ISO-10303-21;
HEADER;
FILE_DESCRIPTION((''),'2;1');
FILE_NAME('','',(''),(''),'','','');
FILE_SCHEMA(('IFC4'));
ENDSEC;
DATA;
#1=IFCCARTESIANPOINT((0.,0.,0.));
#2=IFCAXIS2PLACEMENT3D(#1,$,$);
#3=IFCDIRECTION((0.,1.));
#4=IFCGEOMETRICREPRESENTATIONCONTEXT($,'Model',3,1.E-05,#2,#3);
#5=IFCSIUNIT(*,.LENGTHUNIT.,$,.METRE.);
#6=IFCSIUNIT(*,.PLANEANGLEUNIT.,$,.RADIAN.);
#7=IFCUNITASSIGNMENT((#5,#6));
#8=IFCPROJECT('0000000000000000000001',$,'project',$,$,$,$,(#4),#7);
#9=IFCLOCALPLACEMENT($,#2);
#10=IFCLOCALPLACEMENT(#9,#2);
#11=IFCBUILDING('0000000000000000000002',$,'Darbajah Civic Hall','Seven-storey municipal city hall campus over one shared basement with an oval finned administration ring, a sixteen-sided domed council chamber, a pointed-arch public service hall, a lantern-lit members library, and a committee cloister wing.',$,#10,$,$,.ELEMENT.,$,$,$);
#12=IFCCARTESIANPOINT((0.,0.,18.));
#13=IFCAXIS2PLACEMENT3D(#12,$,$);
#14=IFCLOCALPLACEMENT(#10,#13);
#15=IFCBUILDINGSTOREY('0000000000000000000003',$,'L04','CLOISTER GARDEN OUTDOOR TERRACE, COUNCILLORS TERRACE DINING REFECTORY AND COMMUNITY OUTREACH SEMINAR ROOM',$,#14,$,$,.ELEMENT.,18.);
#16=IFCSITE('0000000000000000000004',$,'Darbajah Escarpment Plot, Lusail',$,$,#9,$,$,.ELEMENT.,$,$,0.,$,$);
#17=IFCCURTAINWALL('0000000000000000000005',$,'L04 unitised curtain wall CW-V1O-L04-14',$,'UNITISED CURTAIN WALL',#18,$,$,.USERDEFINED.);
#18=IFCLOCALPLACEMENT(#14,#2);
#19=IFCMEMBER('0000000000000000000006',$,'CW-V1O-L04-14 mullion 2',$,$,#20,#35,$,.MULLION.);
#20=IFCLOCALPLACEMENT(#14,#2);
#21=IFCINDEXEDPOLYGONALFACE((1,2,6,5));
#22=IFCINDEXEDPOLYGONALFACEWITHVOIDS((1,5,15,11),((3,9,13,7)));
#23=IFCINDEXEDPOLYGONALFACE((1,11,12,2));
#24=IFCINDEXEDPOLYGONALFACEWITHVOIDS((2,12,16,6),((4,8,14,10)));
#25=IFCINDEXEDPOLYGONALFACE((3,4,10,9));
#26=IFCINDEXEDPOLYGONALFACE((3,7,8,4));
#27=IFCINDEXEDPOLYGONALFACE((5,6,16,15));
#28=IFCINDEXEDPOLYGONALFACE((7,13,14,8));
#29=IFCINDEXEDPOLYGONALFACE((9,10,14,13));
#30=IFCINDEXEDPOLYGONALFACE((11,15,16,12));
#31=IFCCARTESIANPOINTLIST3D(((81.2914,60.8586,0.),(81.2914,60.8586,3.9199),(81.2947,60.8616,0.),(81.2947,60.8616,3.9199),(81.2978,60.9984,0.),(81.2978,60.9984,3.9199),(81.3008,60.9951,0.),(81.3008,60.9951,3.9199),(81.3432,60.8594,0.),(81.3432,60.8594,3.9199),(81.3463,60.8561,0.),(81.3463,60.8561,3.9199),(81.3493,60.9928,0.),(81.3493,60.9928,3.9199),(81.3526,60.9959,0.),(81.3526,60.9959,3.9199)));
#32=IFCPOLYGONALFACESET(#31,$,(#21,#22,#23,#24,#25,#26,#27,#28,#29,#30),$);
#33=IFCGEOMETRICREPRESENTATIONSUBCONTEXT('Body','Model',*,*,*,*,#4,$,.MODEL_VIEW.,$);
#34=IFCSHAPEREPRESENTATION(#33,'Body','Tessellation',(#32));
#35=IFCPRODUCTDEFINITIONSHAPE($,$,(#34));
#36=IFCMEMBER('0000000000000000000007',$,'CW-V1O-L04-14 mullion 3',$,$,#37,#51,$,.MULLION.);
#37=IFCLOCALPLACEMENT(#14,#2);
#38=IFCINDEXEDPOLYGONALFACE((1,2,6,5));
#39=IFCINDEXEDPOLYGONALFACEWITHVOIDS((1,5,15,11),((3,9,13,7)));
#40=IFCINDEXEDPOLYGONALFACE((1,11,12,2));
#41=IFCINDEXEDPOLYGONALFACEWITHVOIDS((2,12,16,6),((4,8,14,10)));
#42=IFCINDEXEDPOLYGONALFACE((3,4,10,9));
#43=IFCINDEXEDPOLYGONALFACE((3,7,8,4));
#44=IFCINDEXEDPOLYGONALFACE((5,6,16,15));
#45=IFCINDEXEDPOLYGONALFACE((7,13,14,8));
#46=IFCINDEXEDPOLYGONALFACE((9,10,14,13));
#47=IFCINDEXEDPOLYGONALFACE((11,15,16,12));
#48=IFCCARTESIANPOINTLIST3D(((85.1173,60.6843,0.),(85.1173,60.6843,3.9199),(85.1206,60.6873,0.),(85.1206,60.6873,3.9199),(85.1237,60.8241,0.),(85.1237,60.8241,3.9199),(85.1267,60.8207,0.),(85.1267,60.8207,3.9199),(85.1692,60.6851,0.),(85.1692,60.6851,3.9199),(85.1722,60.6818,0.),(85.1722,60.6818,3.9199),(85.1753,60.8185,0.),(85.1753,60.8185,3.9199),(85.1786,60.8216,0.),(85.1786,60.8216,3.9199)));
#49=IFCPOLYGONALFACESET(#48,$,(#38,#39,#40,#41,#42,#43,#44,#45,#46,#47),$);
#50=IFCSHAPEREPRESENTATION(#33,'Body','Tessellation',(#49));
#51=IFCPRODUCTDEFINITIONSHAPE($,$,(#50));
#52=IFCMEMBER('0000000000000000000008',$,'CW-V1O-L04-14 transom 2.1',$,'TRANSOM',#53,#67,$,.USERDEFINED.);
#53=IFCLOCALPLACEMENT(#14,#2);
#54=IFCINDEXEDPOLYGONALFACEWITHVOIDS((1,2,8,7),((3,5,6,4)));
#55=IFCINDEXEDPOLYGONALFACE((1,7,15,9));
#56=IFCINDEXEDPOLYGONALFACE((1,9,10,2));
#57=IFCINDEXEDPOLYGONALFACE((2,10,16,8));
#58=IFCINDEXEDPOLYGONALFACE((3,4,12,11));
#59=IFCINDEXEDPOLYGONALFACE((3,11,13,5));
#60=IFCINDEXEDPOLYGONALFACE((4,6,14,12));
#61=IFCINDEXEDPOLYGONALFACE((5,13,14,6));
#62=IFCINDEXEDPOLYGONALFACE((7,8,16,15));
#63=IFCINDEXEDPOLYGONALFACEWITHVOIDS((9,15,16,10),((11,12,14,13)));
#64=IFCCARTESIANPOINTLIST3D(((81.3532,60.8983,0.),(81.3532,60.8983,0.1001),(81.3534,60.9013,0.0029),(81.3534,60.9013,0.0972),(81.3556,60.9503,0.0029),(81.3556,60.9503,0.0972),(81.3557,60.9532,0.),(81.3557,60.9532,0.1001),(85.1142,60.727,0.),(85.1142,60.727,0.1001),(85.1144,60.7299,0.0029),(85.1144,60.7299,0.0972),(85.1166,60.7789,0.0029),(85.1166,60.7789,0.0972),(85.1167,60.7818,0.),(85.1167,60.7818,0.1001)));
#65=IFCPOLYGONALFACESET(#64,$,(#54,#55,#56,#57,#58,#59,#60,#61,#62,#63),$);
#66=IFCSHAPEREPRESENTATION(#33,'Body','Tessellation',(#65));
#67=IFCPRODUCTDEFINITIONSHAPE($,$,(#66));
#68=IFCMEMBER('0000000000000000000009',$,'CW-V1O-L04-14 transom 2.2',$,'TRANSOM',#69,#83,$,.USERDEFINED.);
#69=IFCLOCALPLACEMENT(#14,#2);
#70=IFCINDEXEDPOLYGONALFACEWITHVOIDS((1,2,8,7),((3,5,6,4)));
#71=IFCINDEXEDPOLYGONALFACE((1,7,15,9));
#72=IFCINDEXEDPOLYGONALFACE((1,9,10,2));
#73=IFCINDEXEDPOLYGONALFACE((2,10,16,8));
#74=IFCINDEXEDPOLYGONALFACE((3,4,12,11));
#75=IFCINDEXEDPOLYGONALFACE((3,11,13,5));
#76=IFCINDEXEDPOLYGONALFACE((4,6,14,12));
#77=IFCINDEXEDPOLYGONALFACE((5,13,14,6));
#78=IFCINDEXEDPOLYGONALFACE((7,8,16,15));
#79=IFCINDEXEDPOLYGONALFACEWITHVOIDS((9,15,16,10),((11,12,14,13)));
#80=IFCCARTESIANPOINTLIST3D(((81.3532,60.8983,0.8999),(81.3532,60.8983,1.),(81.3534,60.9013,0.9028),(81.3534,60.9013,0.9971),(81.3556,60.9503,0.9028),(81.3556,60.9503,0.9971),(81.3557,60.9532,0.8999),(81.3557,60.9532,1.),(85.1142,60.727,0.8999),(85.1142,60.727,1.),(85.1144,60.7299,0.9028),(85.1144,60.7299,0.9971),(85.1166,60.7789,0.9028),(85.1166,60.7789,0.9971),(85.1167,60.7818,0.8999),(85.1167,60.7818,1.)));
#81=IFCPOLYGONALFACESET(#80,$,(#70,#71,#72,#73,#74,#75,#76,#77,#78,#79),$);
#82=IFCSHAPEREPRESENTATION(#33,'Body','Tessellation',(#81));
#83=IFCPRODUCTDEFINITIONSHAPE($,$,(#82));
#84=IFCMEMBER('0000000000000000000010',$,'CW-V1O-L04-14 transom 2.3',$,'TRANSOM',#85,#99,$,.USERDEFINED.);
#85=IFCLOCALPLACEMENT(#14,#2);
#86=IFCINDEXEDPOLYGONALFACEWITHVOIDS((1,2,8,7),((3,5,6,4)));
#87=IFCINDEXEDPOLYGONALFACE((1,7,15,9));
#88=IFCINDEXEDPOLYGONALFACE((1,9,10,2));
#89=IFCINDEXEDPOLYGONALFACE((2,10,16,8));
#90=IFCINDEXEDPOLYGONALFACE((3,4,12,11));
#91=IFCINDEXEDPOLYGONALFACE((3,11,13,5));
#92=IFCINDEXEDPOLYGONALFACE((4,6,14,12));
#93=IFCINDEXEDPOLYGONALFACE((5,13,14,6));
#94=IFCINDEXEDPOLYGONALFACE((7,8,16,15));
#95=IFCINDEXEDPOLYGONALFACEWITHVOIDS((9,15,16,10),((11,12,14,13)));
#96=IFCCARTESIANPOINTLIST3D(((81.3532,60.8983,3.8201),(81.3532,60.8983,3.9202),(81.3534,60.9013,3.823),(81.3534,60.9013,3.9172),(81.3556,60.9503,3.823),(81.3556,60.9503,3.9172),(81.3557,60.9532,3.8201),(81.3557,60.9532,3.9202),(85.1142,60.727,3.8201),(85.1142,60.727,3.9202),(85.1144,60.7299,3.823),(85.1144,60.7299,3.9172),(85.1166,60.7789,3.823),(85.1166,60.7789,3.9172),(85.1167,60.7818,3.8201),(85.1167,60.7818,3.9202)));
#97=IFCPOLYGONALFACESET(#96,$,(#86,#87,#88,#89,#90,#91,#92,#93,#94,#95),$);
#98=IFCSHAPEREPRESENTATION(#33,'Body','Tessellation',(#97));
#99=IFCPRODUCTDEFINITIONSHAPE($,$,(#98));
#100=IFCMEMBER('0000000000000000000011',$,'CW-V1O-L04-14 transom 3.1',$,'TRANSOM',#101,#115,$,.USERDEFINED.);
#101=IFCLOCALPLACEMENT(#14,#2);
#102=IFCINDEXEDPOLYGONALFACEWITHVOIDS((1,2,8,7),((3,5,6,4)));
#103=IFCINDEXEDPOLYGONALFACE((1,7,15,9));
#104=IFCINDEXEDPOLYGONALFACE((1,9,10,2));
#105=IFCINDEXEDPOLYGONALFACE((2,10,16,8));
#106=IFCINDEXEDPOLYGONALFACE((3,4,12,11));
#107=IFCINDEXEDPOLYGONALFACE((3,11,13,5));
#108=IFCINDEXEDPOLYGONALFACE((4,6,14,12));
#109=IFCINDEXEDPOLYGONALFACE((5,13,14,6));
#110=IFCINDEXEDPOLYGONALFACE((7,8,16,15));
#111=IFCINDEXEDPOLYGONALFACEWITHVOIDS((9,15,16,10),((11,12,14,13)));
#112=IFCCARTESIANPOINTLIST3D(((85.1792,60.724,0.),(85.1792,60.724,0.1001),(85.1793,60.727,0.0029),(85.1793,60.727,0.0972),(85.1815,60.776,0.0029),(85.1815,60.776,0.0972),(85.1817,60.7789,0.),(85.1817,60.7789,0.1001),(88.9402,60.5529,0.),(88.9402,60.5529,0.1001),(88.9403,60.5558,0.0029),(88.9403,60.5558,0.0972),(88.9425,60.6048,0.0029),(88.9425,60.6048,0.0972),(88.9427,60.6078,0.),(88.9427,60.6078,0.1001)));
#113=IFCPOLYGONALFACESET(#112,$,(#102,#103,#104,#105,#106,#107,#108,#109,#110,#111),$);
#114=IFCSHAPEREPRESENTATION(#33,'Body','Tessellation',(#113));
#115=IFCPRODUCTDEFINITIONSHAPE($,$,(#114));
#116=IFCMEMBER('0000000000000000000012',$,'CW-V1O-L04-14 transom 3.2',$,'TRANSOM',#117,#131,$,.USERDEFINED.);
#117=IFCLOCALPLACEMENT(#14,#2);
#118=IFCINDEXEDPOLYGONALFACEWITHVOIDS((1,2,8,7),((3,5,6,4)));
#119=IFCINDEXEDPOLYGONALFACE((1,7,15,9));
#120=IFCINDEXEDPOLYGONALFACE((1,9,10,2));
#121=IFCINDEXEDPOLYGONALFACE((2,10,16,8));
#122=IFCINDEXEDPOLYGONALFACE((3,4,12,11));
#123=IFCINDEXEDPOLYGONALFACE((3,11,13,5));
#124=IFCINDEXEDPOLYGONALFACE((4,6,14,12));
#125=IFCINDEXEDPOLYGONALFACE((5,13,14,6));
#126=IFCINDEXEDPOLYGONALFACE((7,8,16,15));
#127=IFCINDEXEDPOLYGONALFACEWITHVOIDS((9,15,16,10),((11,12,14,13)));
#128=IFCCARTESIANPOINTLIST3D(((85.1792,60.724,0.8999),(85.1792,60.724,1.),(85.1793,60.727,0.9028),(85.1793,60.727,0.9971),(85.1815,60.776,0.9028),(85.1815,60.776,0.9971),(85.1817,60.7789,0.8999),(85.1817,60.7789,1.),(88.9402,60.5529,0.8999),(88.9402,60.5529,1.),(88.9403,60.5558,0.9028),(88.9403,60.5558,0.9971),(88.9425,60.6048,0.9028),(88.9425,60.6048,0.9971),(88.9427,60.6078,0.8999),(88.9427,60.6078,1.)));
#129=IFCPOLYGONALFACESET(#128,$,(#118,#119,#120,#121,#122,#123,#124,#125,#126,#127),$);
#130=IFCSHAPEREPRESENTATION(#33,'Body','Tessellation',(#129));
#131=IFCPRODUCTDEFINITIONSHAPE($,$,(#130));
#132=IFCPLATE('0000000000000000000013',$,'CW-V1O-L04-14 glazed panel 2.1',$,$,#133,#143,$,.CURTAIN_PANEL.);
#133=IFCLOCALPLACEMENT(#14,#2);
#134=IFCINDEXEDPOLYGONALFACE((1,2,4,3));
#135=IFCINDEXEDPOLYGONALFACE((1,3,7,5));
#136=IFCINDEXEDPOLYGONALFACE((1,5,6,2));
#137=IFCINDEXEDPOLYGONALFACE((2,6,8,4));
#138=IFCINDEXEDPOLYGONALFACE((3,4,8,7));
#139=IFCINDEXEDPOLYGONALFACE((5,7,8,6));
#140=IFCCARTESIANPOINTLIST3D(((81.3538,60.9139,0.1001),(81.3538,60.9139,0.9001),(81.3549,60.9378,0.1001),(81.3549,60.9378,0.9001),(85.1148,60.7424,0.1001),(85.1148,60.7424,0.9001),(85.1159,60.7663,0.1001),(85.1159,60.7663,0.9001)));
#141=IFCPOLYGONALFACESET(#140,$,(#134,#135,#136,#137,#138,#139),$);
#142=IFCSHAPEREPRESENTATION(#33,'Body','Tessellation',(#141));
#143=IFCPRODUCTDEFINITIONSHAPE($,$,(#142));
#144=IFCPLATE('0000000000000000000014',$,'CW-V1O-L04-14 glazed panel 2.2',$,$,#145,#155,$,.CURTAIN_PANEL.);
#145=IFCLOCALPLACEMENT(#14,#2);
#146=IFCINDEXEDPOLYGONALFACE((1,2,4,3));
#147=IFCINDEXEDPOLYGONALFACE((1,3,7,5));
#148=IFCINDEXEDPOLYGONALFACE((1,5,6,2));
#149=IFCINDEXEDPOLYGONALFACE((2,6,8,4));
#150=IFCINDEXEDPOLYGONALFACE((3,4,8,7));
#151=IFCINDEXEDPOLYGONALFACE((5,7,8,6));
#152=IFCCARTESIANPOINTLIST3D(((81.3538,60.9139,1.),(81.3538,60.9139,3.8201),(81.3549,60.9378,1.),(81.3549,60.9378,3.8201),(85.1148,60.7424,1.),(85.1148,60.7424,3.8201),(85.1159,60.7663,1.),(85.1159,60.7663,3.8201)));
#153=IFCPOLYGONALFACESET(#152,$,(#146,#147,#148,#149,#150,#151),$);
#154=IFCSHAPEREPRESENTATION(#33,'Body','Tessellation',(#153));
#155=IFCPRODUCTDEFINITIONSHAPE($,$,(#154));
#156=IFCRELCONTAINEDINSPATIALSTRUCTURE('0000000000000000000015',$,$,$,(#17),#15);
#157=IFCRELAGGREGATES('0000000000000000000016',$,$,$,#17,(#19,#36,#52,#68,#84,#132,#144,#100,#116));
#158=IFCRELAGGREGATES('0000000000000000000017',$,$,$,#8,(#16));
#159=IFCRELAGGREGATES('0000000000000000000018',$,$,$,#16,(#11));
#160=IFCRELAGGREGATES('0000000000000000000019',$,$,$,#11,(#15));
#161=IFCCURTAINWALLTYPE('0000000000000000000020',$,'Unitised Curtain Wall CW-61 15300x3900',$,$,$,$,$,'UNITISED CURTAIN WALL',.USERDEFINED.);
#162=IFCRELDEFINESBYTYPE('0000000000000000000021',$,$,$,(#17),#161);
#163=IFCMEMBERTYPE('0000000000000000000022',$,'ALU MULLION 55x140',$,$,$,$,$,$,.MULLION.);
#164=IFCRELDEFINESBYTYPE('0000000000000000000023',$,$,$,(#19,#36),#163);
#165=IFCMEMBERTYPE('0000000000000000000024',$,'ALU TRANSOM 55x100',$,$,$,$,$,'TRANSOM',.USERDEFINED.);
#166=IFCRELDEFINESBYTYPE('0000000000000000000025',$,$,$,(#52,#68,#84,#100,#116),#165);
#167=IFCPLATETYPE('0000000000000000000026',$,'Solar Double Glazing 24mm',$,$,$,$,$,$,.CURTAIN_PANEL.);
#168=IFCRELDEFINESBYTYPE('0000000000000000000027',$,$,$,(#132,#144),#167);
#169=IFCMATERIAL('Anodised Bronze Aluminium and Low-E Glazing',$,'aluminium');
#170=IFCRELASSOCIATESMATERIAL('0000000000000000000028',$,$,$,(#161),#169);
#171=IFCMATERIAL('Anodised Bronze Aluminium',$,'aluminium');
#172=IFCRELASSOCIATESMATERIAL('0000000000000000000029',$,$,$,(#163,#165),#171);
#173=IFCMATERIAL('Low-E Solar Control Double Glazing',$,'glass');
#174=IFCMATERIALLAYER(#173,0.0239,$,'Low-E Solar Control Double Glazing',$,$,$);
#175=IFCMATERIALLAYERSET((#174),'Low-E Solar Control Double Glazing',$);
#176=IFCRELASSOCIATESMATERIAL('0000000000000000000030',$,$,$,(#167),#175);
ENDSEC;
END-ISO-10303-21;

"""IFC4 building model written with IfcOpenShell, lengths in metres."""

from ifc_helpers import new_model, si_unit, direction, frame, origin, origin_2d, place, context, subcontext, project, spatial, rectangle, hollow_rectangle, extrude, material, layer, layer_set, material_profile, profile_set, type_object, element, aggregate, save


model = new_model("IFC4")

# Units and contexts
model_context = context("Model", 3, precision=1e-05, world=origin(), true_north=direction((0.0, 1.0)))
body_context = subcontext(model_context, "Body", "Model", "MODEL_VIEW")
ifc_project = project(units=[si_unit("LENGTHUNIT", "METRE"), si_unit("PLANEANGLEUNIT", "RADIAN")], contexts=[model_context])

# Site, building, storey
site_placement = place(None, origin())
site = spatial("IfcSite", under=ifc_project, at=site_placement, Name="Darbajah Escarpment Plot, Lusail", CompositionType="ELEMENT", RefElevation=0.0)
building_placement = place(site_placement, origin())
building = spatial("IfcBuilding", under=site, at=building_placement, Name="Darbajah Civic Hall", Description="Seven-storey municipal city hall campus over one shared basement with an oval finned administration ring, a sixteen-sided domed council chamber, a pointed-arch public service hall, a lantern-lit members library, and a committee cloister wing.", CompositionType="ELEMENT")
storey_placement = place(building_placement, frame((0.0, 0.0, 18.0)))
storey = spatial("IfcBuildingStorey", under=building, at=storey_placement, Name="L04", Description="CLOISTER GARDEN OUTDOOR TERRACE, COUNCILLORS TERRACE DINING REFECTORY AND COMMUNITY OUTREACH SEMINAR ROOM", CompositionType="ELEMENT", Elevation=18.0)

# Curtain wall, members, plates
ifc_material_1 = material(Name="Anodised Bronze Aluminium and Low-E Glazing", Category="aluminium")
curtain_wall_type = type_object("IfcCurtainWallType", Name="Unitised Curtain Wall CW-61 15300x3900", ElementType="UNITISED CURTAIN WALL", PredefinedType="USERDEFINED", material=ifc_material_1)
curtain_wall_placement = place(storey_placement, origin())
curtain_wall = element("IfcCurtainWall", 1, at=curtain_wall_placement, inside=storey, type_object=curtain_wall_type, Name="L04 unitised curtain wall CW-V1O-L04-14", ObjectType="UNITISED CURTAIN WALL", PredefinedType="USERDEFINED")
ifc_material_2 = material(Name="Anodised Bronze Aluminium", Category="aluminium")
ifc_material_profile_1 = material_profile(ifc_material_2, hollow_rectangle(XDim=0.0549, YDim=0.1399, WallThickness=0.0032, at=origin_2d()), Name="ALU MULLION 55x140")
ifc_profile_set_1 = profile_set([ifc_material_profile_1], Name="Anodised Bronze Aluminium")
member_type_1 = type_object("IfcMemberType", Name="ALU MULLION 55x140", PredefinedType="MULLION", material=ifc_profile_set_1)
member_1_placement = place(storey_placement, frame((81.322, 60.9272, 0.0), z_axis=(0.0, 0.0, 1.0), x_axis=(0.998963, -0.045537, 0.0)))
member_1 = element("IfcMember", 2, at=member_1_placement, type_object=member_type_1, Name="CW-V1O-L04-14 mullion 2", PredefinedType="MULLION", context=body_context, shape_type="SweptSolid", body=[
    extrude(hollow_rectangle(XDim=0.0549, YDim=0.1399, WallThickness=0.0032, at=origin_2d()), origin(), (0.0, 0.0, 1.0), 3.9199),
])
member_2_placement = place(storey_placement, frame((85.1479, 60.7529, 0.0), z_axis=(0.0, 0.0, 1.0), x_axis=(0.998963, -0.045537, 0.0)))
member_2 = element("IfcMember", 3, at=member_2_placement, type_object=member_type_1, Name="CW-V1O-L04-14 mullion 3", PredefinedType="MULLION", context=body_context, shape_type="SweptSolid", body=[
    extrude(hollow_rectangle(XDim=0.0549, YDim=0.1399, WallThickness=0.0032, at=origin_2d()), origin(), (0.0, 0.0, 1.0), 3.9199),
])
ifc_material_profile_2 = material_profile(ifc_material_2, hollow_rectangle(XDim=0.0549, YDim=0.1001, WallThickness=0.0029, at=origin_2d()), Name="ALU TRANSOM 55x100")
ifc_profile_set_2 = profile_set([ifc_material_profile_2], Name="Anodised Bronze Aluminium")
member_type_2 = type_object("IfcMemberType", Name="ALU TRANSOM 55x100", ElementType="TRANSOM", PredefinedType="USERDEFINED", material=ifc_profile_set_2)
member_3_placement = place(storey_placement, frame((81.3545, 60.9258, 0.05), z_axis=(0.998963, -0.045522, 0.0), x_axis=(0.045522, 0.998963, 0.0)))
member_3 = element("IfcMember", 4, at=member_3_placement, type_object=member_type_2, Name="CW-V1O-L04-14 transom 2.1", ObjectType="TRANSOM", PredefinedType="USERDEFINED", context=body_context, shape_type="SweptSolid", body=[
    extrude(hollow_rectangle(XDim=0.0549, YDim=0.1001, WallThickness=0.0029, at=origin_2d()), origin(), (0.0, 0.0, 1.0), 3.7649),
])
member_4_placement = place(storey_placement, frame((81.3545, 60.9258, 0.95), z_axis=(0.998963, -0.045522, 0.0), x_axis=(0.045522, 0.998963, 0.0)))
member_4 = element("IfcMember", 5, at=member_4_placement, type_object=member_type_2, Name="CW-V1O-L04-14 transom 2.2", ObjectType="TRANSOM", PredefinedType="USERDEFINED", context=body_context, shape_type="SweptSolid", body=[
    extrude(hollow_rectangle(XDim=0.0549, YDim=0.1001, WallThickness=0.0029, at=origin_2d()), origin(), (0.0, 0.0, 1.0), 3.7649),
])
member_5_placement = place(storey_placement, frame((81.3545, 60.9258, 3.8701), z_axis=(0.998963, -0.045522, 0.0), x_axis=(0.045522, 0.998963, 0.0)))
member_5 = element("IfcMember", 6, at=member_5_placement, type_object=member_type_2, Name="CW-V1O-L04-14 transom 2.3", ObjectType="TRANSOM", PredefinedType="USERDEFINED", context=body_context, shape_type="SweptSolid", body=[
    extrude(hollow_rectangle(XDim=0.0549, YDim=0.1001, WallThickness=0.0029, at=origin_2d()), origin(), (0.0, 0.0, 1.0), 3.7649),
])
member_6_placement = place(storey_placement, frame((85.1804, 60.7515, 0.05), z_axis=(0.998966, -0.045458, 0.0), x_axis=(0.045458, 0.998966, 0.0)))
member_6 = element("IfcMember", 7, at=member_6_placement, type_object=member_type_2, Name="CW-V1O-L04-14 transom 3.1", ObjectType="TRANSOM", PredefinedType="USERDEFINED", context=body_context, shape_type="SweptSolid", body=[
    extrude(hollow_rectangle(XDim=0.0549, YDim=0.1001, WallThickness=0.0029, at=origin_2d()), origin(), (0.0, 0.0, 1.0), 3.7649),
])
member_7_placement = place(storey_placement, frame((85.1804, 60.7515, 0.95), z_axis=(0.998966, -0.045458, 0.0), x_axis=(0.045458, 0.998966, 0.0)))
member_7 = element("IfcMember", 8, at=member_7_placement, type_object=member_type_2, Name="CW-V1O-L04-14 transom 3.2", ObjectType="TRANSOM", PredefinedType="USERDEFINED", context=body_context, shape_type="SweptSolid", body=[
    extrude(hollow_rectangle(XDim=0.0549, YDim=0.1001, WallThickness=0.0029, at=origin_2d()), origin(), (0.0, 0.0, 1.0), 3.7649),
])
ifc_material_3 = material(Name="Low-E Solar Control Double Glazing", Category="glass")
ifc_layer = layer(ifc_material_3, 0.0239, Name="Low-E Solar Control Double Glazing")
ifc_layer_set = layer_set([ifc_layer], Name="Low-E Solar Control Double Glazing")
plate_type = type_object("IfcPlateType", Name="Solar Double Glazing 24mm", PredefinedType="CURTAIN_PANEL", material=ifc_layer_set)
plate_1_placement = place(storey_placement, frame((83.2349, 60.8401, 0.1001), z_axis=(0.0, 0.0, 1.0), x_axis=(0.998963, -0.045537, 0.0)))
plate_1 = element("IfcPlate", 9, at=plate_1_placement, type_object=plate_type, Name="CW-V1O-L04-14 glazed panel 2.1", PredefinedType="CURTAIN_PANEL", context=body_context, shape_type="SweptSolid", body=[
    extrude(rectangle(XDim=3.7649, YDim=0.0239, at=origin_2d()), origin(), (0.0, 0.0, 1.0), 0.8),
])
plate_2_placement = place(storey_placement, frame((83.2349, 60.8401, 1.0), z_axis=(0.0, 0.0, 1.0), x_axis=(0.998963, -0.045537, 0.0)))
plate_2 = element("IfcPlate", 10, at=plate_2_placement, type_object=plate_type, Name="CW-V1O-L04-14 glazed panel 2.2", PredefinedType="CURTAIN_PANEL", context=body_context, shape_type="SweptSolid", body=[
    extrude(rectangle(XDim=3.7649, YDim=0.0239, at=origin_2d()), origin(), (0.0, 0.0, 1.0), 2.8201),
])
aggregate(curtain_wall, [member_1, member_2, member_3, member_4, member_5, plate_1, plate_2, member_6, member_7])

save(model, "model.ifc")
